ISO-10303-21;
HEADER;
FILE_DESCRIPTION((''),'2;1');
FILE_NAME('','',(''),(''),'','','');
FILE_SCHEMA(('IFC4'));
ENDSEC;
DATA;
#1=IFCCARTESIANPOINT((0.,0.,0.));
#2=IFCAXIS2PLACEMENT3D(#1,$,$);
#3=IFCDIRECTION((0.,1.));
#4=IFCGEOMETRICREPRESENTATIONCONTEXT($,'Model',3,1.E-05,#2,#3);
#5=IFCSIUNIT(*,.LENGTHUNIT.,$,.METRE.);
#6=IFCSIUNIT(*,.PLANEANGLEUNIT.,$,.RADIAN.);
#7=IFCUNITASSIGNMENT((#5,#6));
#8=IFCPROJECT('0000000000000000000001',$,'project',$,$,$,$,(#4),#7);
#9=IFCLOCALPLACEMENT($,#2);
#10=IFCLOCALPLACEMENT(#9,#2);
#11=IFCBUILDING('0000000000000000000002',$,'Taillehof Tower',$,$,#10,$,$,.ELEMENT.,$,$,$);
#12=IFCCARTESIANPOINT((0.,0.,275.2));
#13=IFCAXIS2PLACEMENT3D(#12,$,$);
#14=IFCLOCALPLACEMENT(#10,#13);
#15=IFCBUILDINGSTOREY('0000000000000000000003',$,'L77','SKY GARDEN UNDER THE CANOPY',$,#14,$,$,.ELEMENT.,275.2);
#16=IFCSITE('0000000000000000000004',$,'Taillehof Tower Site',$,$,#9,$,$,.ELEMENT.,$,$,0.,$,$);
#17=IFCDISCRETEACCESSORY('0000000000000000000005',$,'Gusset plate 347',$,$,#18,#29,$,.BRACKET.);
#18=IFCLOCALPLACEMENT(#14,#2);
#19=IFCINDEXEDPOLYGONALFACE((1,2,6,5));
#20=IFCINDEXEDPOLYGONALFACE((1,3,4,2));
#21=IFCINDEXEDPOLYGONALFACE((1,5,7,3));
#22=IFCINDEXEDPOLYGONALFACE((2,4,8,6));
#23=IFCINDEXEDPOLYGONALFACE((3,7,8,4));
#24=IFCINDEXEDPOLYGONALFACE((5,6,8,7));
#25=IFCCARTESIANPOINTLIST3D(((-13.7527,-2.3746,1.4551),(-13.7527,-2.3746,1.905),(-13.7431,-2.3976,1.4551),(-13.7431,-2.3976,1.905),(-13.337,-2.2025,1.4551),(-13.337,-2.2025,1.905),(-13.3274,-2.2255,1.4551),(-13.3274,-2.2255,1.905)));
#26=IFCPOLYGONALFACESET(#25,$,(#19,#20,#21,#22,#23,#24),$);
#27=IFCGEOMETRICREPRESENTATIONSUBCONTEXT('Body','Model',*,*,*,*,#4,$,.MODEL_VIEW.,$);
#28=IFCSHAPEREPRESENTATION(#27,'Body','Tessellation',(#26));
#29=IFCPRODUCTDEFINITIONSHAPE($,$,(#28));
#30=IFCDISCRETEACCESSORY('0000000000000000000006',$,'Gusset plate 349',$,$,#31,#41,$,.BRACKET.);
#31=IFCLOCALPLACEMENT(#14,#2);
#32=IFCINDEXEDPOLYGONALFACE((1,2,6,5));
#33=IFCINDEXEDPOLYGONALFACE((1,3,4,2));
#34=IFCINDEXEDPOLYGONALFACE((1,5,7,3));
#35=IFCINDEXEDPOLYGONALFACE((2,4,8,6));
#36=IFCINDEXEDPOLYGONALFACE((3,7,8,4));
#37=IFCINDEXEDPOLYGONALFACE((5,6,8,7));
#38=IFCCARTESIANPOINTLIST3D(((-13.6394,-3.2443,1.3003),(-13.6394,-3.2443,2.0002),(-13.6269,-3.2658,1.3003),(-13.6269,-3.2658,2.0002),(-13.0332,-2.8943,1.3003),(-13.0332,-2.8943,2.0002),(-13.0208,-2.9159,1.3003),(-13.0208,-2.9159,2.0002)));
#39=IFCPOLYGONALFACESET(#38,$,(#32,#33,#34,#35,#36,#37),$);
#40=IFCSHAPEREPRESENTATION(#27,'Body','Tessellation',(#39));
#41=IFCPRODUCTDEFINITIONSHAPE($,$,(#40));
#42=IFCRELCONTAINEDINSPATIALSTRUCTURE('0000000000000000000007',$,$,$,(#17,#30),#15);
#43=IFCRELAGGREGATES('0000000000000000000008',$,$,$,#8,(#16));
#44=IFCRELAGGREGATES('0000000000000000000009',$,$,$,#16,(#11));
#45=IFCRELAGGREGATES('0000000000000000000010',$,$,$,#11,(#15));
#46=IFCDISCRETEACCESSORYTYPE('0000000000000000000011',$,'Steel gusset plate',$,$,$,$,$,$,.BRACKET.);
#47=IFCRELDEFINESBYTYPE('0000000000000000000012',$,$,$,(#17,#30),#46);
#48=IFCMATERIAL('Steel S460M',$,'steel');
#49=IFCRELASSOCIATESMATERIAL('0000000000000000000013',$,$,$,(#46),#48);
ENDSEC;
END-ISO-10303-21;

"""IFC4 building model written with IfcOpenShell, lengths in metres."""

from ifc_helpers import new_model, si_unit, direction, frame, origin, origin_2d, place, context, subcontext, project, spatial, rectangle, extrude, material, type_object, element, save


model = new_model("IFC4")

# Units and contexts
model_context = context("Model", 3, precision=1e-05, world=origin(), true_north=direction((0.0, 1.0)))
body_context = subcontext(model_context, "Body", "Model", "MODEL_VIEW")
ifc_project = project(units=[si_unit("LENGTHUNIT", "METRE"), si_unit("PLANEANGLEUNIT", "RADIAN")], contexts=[model_context])

# Site, building, storey
site_placement = place(None, origin())
site = spatial("IfcSite", under=ifc_project, at=site_placement, Name="Taillehof Tower Site", CompositionType="ELEMENT", RefElevation=0.0)
building_placement = place(site_placement, origin())
building = spatial("IfcBuilding", under=site, at=building_placement, Name="Taillehof Tower", CompositionType="ELEMENT")
storey_placement = place(building_placement, frame((0.0, 0.0, 275.2)))
storey = spatial("IfcBuildingStorey", under=building, at=storey_placement, Name="L77", Description="SKY GARDEN UNDER THE CANOPY", CompositionType="ELEMENT", Elevation=275.2)

# Discrete accessories
ifc_material_1 = material(Name="Steel S460M", Category="steel")
discrete_accessory_type = type_object("IfcDiscreteAccessoryType", Name="Steel gusset plate", PredefinedType="BRACKET", material=ifc_material_1)
discrete_accessory_1_placement = place(storey_placement, frame((-13.54, -2.3, 1.4551), z_axis=(0.0, 0.0, 1.0), x_axis=(0.923879, 0.382685, 0.0)))
element("IfcDiscreteAccessory", 1, at=discrete_accessory_1_placement, inside=storey, type_object=discrete_accessory_type, Name="Gusset plate 347", PredefinedType="BRACKET", context=body_context, shape_type="SweptSolid", body=[
    extrude(rectangle(XDim=0.45, YDim=0.0249, at=origin_2d()), origin(), (0.0, 0.0, 1.0), 0.45),
])
discrete_accessory_2_placement = place(storey_placement, frame((-13.3301, -3.0801, 1.3003), z_axis=(0.0, 0.0, 1.0), x_axis=(0.866025, 0.5, 0.0)))
element("IfcDiscreteAccessory", 2, at=discrete_accessory_2_placement, inside=storey, type_object=discrete_accessory_type, Name="Gusset plate 349", PredefinedType="BRACKET", context=body_context, shape_type="SweptSolid", body=[
    extrude(rectangle(XDim=0.7, YDim=0.0249, at=origin_2d()), origin(), (0.0, 0.0, 1.0), 0.7),
])

save(model, "model.ifc")
